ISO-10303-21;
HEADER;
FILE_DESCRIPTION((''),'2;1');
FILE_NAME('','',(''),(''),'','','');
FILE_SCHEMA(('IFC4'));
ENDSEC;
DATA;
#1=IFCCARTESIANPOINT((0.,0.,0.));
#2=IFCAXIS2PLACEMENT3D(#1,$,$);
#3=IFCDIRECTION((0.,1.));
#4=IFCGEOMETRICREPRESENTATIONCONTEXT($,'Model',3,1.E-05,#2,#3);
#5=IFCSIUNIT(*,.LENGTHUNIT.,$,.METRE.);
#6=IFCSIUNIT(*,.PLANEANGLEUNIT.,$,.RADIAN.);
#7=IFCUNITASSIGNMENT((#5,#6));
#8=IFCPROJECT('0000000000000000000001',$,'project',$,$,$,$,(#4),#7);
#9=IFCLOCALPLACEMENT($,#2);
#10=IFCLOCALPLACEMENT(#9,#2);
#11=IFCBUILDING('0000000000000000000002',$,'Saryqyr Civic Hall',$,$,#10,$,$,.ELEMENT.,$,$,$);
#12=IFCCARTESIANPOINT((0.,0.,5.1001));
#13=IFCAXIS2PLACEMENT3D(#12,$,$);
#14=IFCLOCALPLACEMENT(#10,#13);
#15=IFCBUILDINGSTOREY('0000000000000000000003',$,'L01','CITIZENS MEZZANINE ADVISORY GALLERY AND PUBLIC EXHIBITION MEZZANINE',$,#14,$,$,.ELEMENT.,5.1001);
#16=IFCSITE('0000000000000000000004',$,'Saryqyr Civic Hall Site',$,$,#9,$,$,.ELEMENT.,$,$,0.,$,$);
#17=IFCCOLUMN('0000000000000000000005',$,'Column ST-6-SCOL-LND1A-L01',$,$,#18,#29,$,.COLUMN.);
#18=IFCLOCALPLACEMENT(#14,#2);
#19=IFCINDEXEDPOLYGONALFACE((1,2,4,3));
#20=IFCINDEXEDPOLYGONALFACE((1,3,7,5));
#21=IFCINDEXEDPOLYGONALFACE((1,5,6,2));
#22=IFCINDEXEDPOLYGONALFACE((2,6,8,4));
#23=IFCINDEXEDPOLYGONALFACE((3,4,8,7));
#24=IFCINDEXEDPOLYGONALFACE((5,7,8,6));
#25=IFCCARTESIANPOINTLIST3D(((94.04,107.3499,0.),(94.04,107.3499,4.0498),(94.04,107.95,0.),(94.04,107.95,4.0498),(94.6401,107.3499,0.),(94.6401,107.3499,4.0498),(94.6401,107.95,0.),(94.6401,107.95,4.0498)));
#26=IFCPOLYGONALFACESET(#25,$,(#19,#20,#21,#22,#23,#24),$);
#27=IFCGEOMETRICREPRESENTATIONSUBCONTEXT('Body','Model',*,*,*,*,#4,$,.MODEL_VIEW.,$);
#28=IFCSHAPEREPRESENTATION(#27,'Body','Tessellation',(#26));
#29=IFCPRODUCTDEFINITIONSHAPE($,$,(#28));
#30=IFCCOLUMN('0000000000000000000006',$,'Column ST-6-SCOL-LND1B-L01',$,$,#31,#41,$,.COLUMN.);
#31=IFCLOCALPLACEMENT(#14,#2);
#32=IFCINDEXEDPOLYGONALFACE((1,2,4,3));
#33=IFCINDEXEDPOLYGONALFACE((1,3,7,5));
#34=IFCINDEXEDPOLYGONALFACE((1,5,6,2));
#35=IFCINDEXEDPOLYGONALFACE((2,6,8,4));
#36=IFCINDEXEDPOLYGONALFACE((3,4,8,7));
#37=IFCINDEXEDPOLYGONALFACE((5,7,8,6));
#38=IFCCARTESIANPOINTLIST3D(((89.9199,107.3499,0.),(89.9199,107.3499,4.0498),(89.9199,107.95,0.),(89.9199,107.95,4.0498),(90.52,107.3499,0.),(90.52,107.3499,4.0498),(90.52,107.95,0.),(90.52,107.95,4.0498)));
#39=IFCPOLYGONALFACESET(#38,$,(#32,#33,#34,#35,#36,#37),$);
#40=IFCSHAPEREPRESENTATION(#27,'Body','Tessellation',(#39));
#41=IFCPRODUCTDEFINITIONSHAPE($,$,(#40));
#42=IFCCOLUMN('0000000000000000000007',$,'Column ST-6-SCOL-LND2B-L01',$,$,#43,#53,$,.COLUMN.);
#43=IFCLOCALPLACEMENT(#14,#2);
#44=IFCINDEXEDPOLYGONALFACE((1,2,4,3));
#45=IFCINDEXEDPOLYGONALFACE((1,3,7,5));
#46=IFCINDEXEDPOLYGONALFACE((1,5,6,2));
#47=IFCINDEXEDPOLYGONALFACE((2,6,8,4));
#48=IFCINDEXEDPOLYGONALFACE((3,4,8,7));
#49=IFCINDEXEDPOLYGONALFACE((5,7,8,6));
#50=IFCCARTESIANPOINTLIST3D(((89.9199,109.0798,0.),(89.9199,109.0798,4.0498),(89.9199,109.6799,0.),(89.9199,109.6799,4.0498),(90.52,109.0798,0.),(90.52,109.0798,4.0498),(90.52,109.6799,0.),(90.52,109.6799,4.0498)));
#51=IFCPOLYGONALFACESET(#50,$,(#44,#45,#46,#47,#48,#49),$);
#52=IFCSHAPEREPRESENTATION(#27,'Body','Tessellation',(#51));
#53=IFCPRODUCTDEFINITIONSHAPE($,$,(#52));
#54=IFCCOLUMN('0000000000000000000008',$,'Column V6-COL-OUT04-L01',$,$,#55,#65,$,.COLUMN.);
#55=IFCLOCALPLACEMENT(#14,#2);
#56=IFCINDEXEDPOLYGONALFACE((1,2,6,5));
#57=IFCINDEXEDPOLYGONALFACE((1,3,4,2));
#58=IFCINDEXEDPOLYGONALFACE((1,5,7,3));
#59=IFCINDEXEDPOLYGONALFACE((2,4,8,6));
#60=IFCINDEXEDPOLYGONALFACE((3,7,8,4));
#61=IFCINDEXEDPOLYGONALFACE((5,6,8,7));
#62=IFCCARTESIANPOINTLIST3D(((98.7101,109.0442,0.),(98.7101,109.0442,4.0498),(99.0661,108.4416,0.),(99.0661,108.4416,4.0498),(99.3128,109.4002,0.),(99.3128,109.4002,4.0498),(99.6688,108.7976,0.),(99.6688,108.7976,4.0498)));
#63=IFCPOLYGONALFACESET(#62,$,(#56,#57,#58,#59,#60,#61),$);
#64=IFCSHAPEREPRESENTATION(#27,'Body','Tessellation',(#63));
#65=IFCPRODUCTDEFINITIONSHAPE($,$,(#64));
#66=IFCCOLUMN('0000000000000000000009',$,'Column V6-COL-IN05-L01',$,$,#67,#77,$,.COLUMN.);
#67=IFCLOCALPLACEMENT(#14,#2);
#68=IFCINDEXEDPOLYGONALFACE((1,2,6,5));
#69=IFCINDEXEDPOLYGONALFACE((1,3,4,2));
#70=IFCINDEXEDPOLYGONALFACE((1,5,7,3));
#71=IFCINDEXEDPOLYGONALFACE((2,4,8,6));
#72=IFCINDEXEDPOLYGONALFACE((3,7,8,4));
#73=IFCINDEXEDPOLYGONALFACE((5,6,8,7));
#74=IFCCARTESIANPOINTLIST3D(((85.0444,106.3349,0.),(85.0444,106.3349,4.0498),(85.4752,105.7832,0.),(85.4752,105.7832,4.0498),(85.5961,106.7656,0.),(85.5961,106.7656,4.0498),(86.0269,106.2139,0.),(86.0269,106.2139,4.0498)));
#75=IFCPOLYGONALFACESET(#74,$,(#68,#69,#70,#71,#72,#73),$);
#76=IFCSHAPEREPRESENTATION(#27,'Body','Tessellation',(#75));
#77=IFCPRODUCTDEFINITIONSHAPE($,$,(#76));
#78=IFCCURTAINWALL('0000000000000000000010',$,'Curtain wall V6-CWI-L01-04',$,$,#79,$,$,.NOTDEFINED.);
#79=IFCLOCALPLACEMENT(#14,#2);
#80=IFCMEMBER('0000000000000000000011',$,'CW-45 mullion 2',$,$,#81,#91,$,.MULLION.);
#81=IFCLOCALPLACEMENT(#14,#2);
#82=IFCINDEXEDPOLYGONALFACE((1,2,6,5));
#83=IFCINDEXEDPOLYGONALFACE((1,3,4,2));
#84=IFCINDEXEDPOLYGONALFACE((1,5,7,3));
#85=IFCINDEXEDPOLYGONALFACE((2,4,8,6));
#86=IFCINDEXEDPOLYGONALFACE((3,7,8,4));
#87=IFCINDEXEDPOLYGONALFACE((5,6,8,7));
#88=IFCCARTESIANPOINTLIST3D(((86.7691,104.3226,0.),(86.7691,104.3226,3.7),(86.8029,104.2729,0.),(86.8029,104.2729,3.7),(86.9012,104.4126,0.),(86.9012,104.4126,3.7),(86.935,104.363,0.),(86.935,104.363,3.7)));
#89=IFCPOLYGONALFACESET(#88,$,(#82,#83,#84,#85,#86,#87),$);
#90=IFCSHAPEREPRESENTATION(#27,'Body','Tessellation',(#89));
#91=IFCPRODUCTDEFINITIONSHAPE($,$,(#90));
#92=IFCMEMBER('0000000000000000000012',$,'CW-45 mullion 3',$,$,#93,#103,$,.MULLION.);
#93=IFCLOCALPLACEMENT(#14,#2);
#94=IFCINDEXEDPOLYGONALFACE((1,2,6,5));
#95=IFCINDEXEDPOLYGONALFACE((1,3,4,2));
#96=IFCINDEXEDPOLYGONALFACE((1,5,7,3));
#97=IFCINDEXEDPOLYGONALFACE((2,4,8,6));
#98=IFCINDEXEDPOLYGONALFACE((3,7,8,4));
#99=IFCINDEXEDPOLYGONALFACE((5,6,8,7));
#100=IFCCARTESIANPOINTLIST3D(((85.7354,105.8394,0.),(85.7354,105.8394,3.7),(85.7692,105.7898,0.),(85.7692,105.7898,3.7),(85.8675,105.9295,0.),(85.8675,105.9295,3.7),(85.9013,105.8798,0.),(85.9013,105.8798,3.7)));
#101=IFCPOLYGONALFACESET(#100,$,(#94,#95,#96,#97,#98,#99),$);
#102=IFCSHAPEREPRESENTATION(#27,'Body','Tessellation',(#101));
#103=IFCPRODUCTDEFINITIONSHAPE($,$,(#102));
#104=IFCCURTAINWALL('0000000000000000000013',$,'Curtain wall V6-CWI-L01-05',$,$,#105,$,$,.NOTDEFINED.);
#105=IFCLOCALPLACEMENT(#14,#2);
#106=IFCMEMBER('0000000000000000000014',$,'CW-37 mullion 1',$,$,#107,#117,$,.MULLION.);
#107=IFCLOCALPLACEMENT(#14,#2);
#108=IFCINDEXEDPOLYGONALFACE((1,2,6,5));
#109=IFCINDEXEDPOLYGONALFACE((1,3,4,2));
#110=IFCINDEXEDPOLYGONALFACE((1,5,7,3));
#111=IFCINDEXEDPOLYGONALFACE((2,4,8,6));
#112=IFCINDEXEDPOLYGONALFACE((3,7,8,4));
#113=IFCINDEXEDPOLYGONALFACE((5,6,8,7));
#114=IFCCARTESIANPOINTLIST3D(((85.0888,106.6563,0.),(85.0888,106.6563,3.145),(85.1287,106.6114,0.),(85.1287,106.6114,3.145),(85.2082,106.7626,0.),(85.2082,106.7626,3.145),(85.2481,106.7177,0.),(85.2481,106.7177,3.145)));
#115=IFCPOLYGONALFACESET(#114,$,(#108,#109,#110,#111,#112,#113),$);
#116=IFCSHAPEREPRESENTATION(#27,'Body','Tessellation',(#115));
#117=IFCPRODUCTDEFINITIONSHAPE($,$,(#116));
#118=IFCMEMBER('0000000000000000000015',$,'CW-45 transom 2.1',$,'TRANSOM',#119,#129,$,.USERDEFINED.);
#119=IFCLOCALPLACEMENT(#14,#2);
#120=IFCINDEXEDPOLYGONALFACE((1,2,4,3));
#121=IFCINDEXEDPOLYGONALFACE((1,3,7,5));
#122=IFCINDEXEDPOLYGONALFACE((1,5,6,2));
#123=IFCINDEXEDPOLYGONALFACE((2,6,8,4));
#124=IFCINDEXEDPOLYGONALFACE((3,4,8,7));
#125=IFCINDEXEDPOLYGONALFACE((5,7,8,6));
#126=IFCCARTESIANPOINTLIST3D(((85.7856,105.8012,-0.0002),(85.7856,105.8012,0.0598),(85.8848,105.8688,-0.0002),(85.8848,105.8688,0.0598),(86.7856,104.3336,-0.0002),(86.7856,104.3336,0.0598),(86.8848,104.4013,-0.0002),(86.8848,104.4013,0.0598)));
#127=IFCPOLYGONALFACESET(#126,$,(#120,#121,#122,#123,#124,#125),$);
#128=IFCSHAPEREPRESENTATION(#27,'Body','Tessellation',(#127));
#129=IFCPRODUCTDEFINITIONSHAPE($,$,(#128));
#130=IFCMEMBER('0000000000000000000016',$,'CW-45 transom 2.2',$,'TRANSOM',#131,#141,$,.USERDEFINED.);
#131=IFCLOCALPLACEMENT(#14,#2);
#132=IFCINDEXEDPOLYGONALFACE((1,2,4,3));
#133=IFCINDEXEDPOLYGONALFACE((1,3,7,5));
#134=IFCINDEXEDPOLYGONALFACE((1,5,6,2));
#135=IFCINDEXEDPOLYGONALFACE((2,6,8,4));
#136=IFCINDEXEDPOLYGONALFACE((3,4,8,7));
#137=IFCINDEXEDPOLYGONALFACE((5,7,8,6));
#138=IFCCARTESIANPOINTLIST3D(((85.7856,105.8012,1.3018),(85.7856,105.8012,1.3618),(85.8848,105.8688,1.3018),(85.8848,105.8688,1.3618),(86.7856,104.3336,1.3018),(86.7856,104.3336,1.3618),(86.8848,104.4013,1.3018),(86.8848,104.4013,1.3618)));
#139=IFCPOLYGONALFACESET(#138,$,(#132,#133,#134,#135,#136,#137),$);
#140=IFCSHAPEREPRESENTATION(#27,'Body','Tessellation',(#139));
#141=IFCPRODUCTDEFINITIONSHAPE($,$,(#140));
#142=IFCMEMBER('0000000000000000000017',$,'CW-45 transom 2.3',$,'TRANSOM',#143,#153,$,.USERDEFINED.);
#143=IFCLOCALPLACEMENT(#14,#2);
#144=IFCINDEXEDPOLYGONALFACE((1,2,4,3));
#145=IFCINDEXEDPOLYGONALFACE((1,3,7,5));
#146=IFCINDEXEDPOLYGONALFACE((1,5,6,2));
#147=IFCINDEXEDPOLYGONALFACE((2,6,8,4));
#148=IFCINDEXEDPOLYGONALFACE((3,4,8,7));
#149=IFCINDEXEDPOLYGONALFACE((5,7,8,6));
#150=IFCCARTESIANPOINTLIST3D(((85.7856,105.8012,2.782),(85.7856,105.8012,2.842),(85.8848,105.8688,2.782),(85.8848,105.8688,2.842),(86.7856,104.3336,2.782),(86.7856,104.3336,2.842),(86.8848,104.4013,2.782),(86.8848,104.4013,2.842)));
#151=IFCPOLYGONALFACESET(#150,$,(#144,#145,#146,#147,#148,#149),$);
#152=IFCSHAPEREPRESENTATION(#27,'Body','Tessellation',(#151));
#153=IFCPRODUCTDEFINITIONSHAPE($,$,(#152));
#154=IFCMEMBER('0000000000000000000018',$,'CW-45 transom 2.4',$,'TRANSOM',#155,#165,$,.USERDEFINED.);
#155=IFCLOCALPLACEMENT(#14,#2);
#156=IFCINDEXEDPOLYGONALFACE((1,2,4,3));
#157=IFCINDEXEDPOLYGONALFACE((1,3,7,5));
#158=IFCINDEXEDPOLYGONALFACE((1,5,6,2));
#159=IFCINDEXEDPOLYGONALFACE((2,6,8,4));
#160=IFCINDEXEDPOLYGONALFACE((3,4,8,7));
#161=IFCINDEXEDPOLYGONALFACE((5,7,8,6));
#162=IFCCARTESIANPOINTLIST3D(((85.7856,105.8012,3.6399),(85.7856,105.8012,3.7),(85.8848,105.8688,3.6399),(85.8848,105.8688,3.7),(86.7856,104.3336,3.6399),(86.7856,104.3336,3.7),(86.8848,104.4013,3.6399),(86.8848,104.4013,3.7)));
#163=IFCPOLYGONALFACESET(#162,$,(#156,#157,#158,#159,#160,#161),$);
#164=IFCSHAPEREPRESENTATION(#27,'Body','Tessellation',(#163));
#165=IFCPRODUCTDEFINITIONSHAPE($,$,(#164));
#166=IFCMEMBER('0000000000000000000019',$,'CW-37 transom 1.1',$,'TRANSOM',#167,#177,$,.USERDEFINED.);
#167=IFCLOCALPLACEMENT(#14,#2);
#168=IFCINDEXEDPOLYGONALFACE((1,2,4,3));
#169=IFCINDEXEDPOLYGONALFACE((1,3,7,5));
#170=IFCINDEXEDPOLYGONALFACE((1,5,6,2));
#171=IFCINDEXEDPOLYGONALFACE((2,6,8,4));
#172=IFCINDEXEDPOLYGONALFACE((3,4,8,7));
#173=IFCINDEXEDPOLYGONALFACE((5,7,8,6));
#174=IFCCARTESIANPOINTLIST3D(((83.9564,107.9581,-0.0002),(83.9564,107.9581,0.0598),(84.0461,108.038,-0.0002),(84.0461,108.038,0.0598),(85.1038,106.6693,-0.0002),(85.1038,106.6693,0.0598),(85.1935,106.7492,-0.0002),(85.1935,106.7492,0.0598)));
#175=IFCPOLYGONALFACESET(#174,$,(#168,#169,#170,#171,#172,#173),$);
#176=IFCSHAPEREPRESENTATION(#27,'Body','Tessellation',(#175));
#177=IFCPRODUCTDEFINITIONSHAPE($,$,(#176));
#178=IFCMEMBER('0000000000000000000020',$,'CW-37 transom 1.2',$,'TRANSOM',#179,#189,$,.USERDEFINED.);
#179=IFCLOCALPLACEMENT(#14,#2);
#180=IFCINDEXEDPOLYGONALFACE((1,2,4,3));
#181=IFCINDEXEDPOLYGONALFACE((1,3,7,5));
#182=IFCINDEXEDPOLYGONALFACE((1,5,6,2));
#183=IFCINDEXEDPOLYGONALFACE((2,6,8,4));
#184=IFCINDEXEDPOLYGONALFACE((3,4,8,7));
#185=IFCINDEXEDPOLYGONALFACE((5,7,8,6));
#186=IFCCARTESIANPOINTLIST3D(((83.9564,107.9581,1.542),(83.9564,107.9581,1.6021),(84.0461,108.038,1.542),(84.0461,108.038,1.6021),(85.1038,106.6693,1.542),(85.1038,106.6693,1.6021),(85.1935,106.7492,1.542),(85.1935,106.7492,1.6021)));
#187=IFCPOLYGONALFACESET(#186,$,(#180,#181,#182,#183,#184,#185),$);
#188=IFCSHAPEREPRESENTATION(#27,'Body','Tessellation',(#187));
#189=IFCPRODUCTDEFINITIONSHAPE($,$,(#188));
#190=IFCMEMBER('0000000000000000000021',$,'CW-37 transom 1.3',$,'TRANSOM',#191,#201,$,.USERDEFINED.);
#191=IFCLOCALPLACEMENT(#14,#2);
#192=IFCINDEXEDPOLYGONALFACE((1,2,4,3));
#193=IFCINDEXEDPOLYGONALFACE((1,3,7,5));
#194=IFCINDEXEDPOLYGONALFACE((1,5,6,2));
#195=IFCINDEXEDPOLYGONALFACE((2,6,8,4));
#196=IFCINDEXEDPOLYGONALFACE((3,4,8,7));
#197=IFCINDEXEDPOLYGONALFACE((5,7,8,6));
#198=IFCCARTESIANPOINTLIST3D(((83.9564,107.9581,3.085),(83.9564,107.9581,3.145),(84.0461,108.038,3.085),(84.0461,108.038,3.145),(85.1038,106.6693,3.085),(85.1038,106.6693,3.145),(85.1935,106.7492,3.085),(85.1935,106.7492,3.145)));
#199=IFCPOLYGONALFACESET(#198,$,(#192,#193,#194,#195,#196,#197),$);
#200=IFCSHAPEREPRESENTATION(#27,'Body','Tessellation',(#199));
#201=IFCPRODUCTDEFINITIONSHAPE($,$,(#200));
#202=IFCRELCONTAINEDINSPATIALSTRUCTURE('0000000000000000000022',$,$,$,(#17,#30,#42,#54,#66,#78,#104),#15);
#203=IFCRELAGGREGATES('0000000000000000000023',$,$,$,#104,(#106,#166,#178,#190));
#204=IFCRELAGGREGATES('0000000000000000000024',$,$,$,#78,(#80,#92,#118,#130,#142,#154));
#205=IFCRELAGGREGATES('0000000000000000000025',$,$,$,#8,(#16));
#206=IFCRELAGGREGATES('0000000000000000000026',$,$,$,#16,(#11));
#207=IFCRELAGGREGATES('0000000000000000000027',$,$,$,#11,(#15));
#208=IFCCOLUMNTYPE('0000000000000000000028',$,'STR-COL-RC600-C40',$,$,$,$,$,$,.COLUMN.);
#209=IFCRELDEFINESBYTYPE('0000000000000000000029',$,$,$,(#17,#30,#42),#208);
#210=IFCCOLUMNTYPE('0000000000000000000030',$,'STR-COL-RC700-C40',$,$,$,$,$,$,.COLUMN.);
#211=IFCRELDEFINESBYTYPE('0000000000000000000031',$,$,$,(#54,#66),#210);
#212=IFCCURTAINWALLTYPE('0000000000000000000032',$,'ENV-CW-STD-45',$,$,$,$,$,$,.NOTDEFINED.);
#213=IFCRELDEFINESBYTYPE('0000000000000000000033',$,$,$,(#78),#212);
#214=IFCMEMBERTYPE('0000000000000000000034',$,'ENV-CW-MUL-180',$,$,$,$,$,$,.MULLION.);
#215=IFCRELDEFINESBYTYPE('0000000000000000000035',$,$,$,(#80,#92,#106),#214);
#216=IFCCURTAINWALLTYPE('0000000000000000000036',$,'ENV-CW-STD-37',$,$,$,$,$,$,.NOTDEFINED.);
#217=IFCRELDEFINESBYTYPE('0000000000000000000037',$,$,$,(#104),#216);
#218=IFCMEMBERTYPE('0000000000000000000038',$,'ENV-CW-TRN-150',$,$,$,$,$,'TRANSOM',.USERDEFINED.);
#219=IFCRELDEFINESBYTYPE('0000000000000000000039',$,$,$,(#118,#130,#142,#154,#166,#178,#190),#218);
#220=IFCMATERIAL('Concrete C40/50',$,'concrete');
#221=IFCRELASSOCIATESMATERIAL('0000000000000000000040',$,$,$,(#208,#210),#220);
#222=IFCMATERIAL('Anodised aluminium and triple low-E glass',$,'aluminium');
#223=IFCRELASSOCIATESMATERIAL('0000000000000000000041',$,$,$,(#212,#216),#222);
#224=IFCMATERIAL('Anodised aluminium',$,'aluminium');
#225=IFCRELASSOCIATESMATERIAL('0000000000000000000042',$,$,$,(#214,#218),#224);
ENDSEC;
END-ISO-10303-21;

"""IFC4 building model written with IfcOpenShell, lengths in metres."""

from ifc_helpers import new_model, si_unit, direction, frame, origin, origin_2d, place, context, subcontext, project, spatial, rectangle, extrude, material, material_profile, profile_set, type_object, element, aggregate, save


model = new_model("IFC4")

# Units and contexts
model_context = context("Model", 3, precision=1e-05, world=origin(), true_north=direction((0.0, 1.0)))
body_context = subcontext(model_context, "Body", "Model", "MODEL_VIEW")
ifc_project = project(units=[si_unit("LENGTHUNIT", "METRE"), si_unit("PLANEANGLEUNIT", "RADIAN")], contexts=[model_context])

# Site, building, storey
site_placement = place(None, origin())
site = spatial("IfcSite", under=ifc_project, at=site_placement, Name="Saryqyr Civic Hall Site", CompositionType="ELEMENT", RefElevation=0.0)
building_placement = place(site_placement, origin())
building = spatial("IfcBuilding", under=site, at=building_placement, Name="Saryqyr Civic Hall", CompositionType="ELEMENT")
storey_placement = place(building_placement, frame((0.0, 0.0, 5.1001)))
storey = spatial("IfcBuildingStorey", under=building, at=storey_placement, Name="L01", Description="CITIZENS MEZZANINE ADVISORY GALLERY AND PUBLIC EXHIBITION MEZZANINE", CompositionType="ELEMENT", Elevation=5.1001)

# Columns
ifc_material_1 = material(Name="Concrete C40/50", Category="concrete")
ifc_material_profile_1 = material_profile(ifc_material_1, rectangle(XDim=0.6001, YDim=0.6001, at=origin_2d()), Name="RC 600x600")
ifc_profile_set_1 = profile_set([ifc_material_profile_1], Name="Concrete C40/50")
column_type_1 = type_object("IfcColumnType", Name="STR-COL-RC600-C40", PredefinedType="COLUMN", material=ifc_profile_set_1)
for number, where, z_axis, x_axis, name in (
    (1, (94.3401, 107.6499, 0.0), (0.0, 0.0, 1.0), (1.0, 0.0, 0.0), "Column ST-6-SCOL-LND1A-L01"),
    (2, (90.22, 107.6499, 0.0), (0.0, 0.0, 1.0), (1.0, 0.0, 0.0), "Column ST-6-SCOL-LND1B-L01"),
    (3, (90.22, 109.3799, 0.0), (0.0, 0.0, 1.0), (1.0, 0.0, 0.0), "Column ST-6-SCOL-LND2B-L01"),
):
    element("IfcColumn", number, at=place(storey_placement, frame(where, z_axis=z_axis, x_axis=x_axis)), inside=storey, type_object=column_type_1, Name=name, PredefinedType="COLUMN", context=body_context, shape_type="SweptSolid", body=[
        extrude(rectangle(XDim=0.6001, YDim=0.6001, at=origin_2d()), origin(), (0.0, 0.0, 1.0), 4.0498),
    ])
ifc_material_profile_2 = material_profile(ifc_material_1, rectangle(XDim=0.7, YDim=0.7, at=origin_2d()), Name="RC 700x700")
ifc_profile_set_2 = profile_set([ifc_material_profile_2], Name="Concrete C40/50")
column_type_2 = type_object("IfcColumnType", Name="STR-COL-RC700-C40", PredefinedType="COLUMN", material=ifc_profile_set_2)
for number, where, z_axis, x_axis, name in (
    (4, (99.1895, 108.9209, 0.0), (0.0, 0.0, 1.0), (0.861008, 0.508591, 0.0), "Column V6-COL-OUT04-L01"),
    (5, (85.5356, 106.2744, 0.0), (0.0, 0.0, 1.0), (0.788226, 0.615386, 0.0), "Column V6-COL-IN05-L01"),
):
    element("IfcColumn", number, at=place(storey_placement, frame(where, z_axis=z_axis, x_axis=x_axis)), inside=storey, type_object=column_type_2, Name=name, PredefinedType="COLUMN", context=body_context, shape_type="SweptSolid", body=[
        extrude(rectangle(XDim=0.7, YDim=0.7, at=origin_2d()), origin(), (0.0, 0.0, 1.0), 4.0498),
    ])

# Curtain wall, members
ifc_material_2 = material(Name="Anodised aluminium and triple low-E glass", Category="aluminium")
curtain_wall_type_1 = type_object("IfcCurtainWallType", Name="ENV-CW-STD-45", PredefinedType="NOTDEFINED", material=ifc_material_2)
curtain_wall_1_placement = place(storey_placement, origin())
curtain_wall_1 = element("IfcCurtainWall", 6, at=curtain_wall_1_placement, inside=storey, type_object=curtain_wall_type_1, Name="Curtain wall V6-CWI-L01-04", PredefinedType="NOTDEFINED")
ifc_material_3 = material(Name="Anodised aluminium", Category="aluminium")
ifc_material_profile_3 = material_profile(ifc_material_3, rectangle(XDim=0.0601, YDim=0.1599, at=origin_2d()), Name="ALU MULLION 60x160")
ifc_profile_set_3 = profile_set([ifc_material_profile_3], Name="Anodised aluminium")
member_type_1 = type_object("IfcMemberType", Name="ENV-CW-MUL-180", PredefinedType="MULLION", material=ifc_profile_set_3)
member_1_placement = place(storey_placement, frame((86.8521, 104.3428, 0.0), z_axis=(0.0, 0.0, 1.0), x_axis=(-0.56312, 0.826375, 0.0)))
member_1 = element("IfcMember", 7, at=member_1_placement, type_object=member_type_1, Name="CW-45 mullion 2", PredefinedType="MULLION", context=body_context, shape_type="SweptSolid", body=[
    extrude(rectangle(XDim=0.0601, YDim=0.1599, at=origin_2d()), origin(), (0.0, 0.0, 1.0), 3.7),
])
member_2_placement = place(storey_placement, frame((85.8184, 105.8596, 0.0), z_axis=(0.0, 0.0, 1.0), x_axis=(-0.56312, 0.826375, 0.0)))
member_2 = element("IfcMember", 8, at=member_2_placement, type_object=member_type_1, Name="CW-45 mullion 3", PredefinedType="MULLION", context=body_context, shape_type="SweptSolid", body=[
    extrude(rectangle(XDim=0.0601, YDim=0.1599, at=origin_2d()), origin(), (0.0, 0.0, 1.0), 3.7),
])

# Curtain wall, member
curtain_wall_type_2 = type_object("IfcCurtainWallType", Name="ENV-CW-STD-37", PredefinedType="NOTDEFINED", material=ifc_material_2)
curtain_wall_2_placement = place(storey_placement, origin())
curtain_wall_2 = element("IfcCurtainWall", 9, at=curtain_wall_2_placement, inside=storey, type_object=curtain_wall_type_2, Name="Curtain wall V6-CWI-L01-05", PredefinedType="NOTDEFINED")
member_3_placement = place(storey_placement, frame((85.1685, 106.687, 0.0), z_axis=(0.0, 0.0, 1.0), x_axis=(-0.664938, 0.746899, 0.0)))
member_3 = element("IfcMember", 10, at=member_3_placement, type_object=member_type_1, Name="CW-37 mullion 1", PredefinedType="MULLION", context=body_context, shape_type="SweptSolid", body=[
    extrude(rectangle(XDim=0.0601, YDim=0.1599, at=origin_2d()), origin(), (0.0, 0.0, 1.0), 3.145),
])

# Members
ifc_material_profile_4 = material_profile(ifc_material_3, rectangle(XDim=0.1201, YDim=0.0601, at=origin_2d()), Name="ALU TRANSOM 120x60")
ifc_profile_set_4 = profile_set([ifc_material_profile_4], Name="Anodised aluminium")
member_type_2 = type_object("IfcMemberType", Name="ENV-CW-TRN-150", ElementType="TRANSOM", PredefinedType="USERDEFINED", material=ifc_profile_set_4)
member_4_placement = place(storey_placement, frame((86.8352, 104.3674, 0.0298), z_axis=(-0.563111, 0.826381, 0.0), x_axis=(-0.826381, -0.563111, 0.0)))
member_4 = element("IfcMember", 11, at=member_4_placement, type_object=member_type_2, Name="CW-45 transom 2.1", ObjectType="TRANSOM", PredefinedType="USERDEFINED", context=body_context, shape_type="SweptSolid", body=[
    extrude(rectangle(XDim=0.1201, YDim=0.0601, at=origin_2d()), origin(), (0.0, 0.0, 1.0), 1.7759),
])
member_5_placement = place(storey_placement, frame((86.8352, 104.3674, 1.3318), z_axis=(-0.563111, 0.826381, 0.0), x_axis=(-0.826381, -0.563111, 0.0)))
member_5 = element("IfcMember", 12, at=member_5_placement, type_object=member_type_2, Name="CW-45 transom 2.2", ObjectType="TRANSOM", PredefinedType="USERDEFINED", context=body_context, shape_type="SweptSolid", body=[
    extrude(rectangle(XDim=0.1201, YDim=0.0601, at=origin_2d()), origin(), (0.0, 0.0, 1.0), 1.7759),
])
member_6_placement = place(storey_placement, frame((86.8352, 104.3674, 2.812), z_axis=(-0.563111, 0.826381, 0.0), x_axis=(-0.826381, -0.563111, 0.0)))
member_6 = element("IfcMember", 13, at=member_6_placement, type_object=member_type_2, Name="CW-45 transom 2.3", ObjectType="TRANSOM", PredefinedType="USERDEFINED", context=body_context, shape_type="SweptSolid", body=[
    extrude(rectangle(XDim=0.1201, YDim=0.0601, at=origin_2d()), origin(), (0.0, 0.0, 1.0), 1.7759),
])
member_7_placement = place(storey_placement, frame((86.8352, 104.3674, 3.6699), z_axis=(-0.563111, 0.826381, 0.0), x_axis=(-0.826381, -0.563111, 0.0)))
member_7 = element("IfcMember", 14, at=member_7_placement, type_object=member_type_2, Name="CW-45 transom 2.4", ObjectType="TRANSOM", PredefinedType="USERDEFINED", context=body_context, shape_type="SweptSolid", body=[
    extrude(rectangle(XDim=0.1201, YDim=0.0601, at=origin_2d()), origin(), (0.0, 0.0, 1.0), 1.7759),
])
member_8_placement = place(storey_placement, frame((85.1487, 106.7092, 0.0298), z_axis=(-0.664961, 0.746878, 0.0), x_axis=(-0.746878, -0.664961, 0.0)))
member_8 = element("IfcMember", 15, at=member_8_placement, type_object=member_type_2, Name="CW-37 transom 1.1", ObjectType="TRANSOM", PredefinedType="USERDEFINED", context=body_context, shape_type="SweptSolid", body=[
    extrude(rectangle(XDim=0.1201, YDim=0.0601, at=origin_2d()), origin(), (0.0, 0.0, 1.0), 1.7256),
])
member_9_placement = place(storey_placement, frame((85.1487, 106.7092, 1.572), z_axis=(-0.664961, 0.746878, 0.0), x_axis=(-0.746878, -0.664961, 0.0)))
member_9 = element("IfcMember", 16, at=member_9_placement, type_object=member_type_2, Name="CW-37 transom 1.2", ObjectType="TRANSOM", PredefinedType="USERDEFINED", context=body_context, shape_type="SweptSolid", body=[
    extrude(rectangle(XDim=0.1201, YDim=0.0601, at=origin_2d()), origin(), (0.0, 0.0, 1.0), 1.7256),
])
member_10_placement = place(storey_placement, frame((85.1487, 106.7092, 3.115), z_axis=(-0.664961, 0.746878, 0.0), x_axis=(-0.746878, -0.664961, 0.0)))
member_10 = element("IfcMember", 17, at=member_10_placement, type_object=member_type_2, Name="CW-37 transom 1.3", ObjectType="TRANSOM", PredefinedType="USERDEFINED", context=body_context, shape_type="SweptSolid", body=[
    extrude(rectangle(XDim=0.1201, YDim=0.0601, at=origin_2d()), origin(), (0.0, 0.0, 1.0), 1.7256),
])
aggregate(curtain_wall_2, [member_3, member_8, member_9, member_10])

aggregate(curtain_wall_1, [member_1, member_2, member_4, member_5, member_6, member_7])

save(model, "model.ifc")
